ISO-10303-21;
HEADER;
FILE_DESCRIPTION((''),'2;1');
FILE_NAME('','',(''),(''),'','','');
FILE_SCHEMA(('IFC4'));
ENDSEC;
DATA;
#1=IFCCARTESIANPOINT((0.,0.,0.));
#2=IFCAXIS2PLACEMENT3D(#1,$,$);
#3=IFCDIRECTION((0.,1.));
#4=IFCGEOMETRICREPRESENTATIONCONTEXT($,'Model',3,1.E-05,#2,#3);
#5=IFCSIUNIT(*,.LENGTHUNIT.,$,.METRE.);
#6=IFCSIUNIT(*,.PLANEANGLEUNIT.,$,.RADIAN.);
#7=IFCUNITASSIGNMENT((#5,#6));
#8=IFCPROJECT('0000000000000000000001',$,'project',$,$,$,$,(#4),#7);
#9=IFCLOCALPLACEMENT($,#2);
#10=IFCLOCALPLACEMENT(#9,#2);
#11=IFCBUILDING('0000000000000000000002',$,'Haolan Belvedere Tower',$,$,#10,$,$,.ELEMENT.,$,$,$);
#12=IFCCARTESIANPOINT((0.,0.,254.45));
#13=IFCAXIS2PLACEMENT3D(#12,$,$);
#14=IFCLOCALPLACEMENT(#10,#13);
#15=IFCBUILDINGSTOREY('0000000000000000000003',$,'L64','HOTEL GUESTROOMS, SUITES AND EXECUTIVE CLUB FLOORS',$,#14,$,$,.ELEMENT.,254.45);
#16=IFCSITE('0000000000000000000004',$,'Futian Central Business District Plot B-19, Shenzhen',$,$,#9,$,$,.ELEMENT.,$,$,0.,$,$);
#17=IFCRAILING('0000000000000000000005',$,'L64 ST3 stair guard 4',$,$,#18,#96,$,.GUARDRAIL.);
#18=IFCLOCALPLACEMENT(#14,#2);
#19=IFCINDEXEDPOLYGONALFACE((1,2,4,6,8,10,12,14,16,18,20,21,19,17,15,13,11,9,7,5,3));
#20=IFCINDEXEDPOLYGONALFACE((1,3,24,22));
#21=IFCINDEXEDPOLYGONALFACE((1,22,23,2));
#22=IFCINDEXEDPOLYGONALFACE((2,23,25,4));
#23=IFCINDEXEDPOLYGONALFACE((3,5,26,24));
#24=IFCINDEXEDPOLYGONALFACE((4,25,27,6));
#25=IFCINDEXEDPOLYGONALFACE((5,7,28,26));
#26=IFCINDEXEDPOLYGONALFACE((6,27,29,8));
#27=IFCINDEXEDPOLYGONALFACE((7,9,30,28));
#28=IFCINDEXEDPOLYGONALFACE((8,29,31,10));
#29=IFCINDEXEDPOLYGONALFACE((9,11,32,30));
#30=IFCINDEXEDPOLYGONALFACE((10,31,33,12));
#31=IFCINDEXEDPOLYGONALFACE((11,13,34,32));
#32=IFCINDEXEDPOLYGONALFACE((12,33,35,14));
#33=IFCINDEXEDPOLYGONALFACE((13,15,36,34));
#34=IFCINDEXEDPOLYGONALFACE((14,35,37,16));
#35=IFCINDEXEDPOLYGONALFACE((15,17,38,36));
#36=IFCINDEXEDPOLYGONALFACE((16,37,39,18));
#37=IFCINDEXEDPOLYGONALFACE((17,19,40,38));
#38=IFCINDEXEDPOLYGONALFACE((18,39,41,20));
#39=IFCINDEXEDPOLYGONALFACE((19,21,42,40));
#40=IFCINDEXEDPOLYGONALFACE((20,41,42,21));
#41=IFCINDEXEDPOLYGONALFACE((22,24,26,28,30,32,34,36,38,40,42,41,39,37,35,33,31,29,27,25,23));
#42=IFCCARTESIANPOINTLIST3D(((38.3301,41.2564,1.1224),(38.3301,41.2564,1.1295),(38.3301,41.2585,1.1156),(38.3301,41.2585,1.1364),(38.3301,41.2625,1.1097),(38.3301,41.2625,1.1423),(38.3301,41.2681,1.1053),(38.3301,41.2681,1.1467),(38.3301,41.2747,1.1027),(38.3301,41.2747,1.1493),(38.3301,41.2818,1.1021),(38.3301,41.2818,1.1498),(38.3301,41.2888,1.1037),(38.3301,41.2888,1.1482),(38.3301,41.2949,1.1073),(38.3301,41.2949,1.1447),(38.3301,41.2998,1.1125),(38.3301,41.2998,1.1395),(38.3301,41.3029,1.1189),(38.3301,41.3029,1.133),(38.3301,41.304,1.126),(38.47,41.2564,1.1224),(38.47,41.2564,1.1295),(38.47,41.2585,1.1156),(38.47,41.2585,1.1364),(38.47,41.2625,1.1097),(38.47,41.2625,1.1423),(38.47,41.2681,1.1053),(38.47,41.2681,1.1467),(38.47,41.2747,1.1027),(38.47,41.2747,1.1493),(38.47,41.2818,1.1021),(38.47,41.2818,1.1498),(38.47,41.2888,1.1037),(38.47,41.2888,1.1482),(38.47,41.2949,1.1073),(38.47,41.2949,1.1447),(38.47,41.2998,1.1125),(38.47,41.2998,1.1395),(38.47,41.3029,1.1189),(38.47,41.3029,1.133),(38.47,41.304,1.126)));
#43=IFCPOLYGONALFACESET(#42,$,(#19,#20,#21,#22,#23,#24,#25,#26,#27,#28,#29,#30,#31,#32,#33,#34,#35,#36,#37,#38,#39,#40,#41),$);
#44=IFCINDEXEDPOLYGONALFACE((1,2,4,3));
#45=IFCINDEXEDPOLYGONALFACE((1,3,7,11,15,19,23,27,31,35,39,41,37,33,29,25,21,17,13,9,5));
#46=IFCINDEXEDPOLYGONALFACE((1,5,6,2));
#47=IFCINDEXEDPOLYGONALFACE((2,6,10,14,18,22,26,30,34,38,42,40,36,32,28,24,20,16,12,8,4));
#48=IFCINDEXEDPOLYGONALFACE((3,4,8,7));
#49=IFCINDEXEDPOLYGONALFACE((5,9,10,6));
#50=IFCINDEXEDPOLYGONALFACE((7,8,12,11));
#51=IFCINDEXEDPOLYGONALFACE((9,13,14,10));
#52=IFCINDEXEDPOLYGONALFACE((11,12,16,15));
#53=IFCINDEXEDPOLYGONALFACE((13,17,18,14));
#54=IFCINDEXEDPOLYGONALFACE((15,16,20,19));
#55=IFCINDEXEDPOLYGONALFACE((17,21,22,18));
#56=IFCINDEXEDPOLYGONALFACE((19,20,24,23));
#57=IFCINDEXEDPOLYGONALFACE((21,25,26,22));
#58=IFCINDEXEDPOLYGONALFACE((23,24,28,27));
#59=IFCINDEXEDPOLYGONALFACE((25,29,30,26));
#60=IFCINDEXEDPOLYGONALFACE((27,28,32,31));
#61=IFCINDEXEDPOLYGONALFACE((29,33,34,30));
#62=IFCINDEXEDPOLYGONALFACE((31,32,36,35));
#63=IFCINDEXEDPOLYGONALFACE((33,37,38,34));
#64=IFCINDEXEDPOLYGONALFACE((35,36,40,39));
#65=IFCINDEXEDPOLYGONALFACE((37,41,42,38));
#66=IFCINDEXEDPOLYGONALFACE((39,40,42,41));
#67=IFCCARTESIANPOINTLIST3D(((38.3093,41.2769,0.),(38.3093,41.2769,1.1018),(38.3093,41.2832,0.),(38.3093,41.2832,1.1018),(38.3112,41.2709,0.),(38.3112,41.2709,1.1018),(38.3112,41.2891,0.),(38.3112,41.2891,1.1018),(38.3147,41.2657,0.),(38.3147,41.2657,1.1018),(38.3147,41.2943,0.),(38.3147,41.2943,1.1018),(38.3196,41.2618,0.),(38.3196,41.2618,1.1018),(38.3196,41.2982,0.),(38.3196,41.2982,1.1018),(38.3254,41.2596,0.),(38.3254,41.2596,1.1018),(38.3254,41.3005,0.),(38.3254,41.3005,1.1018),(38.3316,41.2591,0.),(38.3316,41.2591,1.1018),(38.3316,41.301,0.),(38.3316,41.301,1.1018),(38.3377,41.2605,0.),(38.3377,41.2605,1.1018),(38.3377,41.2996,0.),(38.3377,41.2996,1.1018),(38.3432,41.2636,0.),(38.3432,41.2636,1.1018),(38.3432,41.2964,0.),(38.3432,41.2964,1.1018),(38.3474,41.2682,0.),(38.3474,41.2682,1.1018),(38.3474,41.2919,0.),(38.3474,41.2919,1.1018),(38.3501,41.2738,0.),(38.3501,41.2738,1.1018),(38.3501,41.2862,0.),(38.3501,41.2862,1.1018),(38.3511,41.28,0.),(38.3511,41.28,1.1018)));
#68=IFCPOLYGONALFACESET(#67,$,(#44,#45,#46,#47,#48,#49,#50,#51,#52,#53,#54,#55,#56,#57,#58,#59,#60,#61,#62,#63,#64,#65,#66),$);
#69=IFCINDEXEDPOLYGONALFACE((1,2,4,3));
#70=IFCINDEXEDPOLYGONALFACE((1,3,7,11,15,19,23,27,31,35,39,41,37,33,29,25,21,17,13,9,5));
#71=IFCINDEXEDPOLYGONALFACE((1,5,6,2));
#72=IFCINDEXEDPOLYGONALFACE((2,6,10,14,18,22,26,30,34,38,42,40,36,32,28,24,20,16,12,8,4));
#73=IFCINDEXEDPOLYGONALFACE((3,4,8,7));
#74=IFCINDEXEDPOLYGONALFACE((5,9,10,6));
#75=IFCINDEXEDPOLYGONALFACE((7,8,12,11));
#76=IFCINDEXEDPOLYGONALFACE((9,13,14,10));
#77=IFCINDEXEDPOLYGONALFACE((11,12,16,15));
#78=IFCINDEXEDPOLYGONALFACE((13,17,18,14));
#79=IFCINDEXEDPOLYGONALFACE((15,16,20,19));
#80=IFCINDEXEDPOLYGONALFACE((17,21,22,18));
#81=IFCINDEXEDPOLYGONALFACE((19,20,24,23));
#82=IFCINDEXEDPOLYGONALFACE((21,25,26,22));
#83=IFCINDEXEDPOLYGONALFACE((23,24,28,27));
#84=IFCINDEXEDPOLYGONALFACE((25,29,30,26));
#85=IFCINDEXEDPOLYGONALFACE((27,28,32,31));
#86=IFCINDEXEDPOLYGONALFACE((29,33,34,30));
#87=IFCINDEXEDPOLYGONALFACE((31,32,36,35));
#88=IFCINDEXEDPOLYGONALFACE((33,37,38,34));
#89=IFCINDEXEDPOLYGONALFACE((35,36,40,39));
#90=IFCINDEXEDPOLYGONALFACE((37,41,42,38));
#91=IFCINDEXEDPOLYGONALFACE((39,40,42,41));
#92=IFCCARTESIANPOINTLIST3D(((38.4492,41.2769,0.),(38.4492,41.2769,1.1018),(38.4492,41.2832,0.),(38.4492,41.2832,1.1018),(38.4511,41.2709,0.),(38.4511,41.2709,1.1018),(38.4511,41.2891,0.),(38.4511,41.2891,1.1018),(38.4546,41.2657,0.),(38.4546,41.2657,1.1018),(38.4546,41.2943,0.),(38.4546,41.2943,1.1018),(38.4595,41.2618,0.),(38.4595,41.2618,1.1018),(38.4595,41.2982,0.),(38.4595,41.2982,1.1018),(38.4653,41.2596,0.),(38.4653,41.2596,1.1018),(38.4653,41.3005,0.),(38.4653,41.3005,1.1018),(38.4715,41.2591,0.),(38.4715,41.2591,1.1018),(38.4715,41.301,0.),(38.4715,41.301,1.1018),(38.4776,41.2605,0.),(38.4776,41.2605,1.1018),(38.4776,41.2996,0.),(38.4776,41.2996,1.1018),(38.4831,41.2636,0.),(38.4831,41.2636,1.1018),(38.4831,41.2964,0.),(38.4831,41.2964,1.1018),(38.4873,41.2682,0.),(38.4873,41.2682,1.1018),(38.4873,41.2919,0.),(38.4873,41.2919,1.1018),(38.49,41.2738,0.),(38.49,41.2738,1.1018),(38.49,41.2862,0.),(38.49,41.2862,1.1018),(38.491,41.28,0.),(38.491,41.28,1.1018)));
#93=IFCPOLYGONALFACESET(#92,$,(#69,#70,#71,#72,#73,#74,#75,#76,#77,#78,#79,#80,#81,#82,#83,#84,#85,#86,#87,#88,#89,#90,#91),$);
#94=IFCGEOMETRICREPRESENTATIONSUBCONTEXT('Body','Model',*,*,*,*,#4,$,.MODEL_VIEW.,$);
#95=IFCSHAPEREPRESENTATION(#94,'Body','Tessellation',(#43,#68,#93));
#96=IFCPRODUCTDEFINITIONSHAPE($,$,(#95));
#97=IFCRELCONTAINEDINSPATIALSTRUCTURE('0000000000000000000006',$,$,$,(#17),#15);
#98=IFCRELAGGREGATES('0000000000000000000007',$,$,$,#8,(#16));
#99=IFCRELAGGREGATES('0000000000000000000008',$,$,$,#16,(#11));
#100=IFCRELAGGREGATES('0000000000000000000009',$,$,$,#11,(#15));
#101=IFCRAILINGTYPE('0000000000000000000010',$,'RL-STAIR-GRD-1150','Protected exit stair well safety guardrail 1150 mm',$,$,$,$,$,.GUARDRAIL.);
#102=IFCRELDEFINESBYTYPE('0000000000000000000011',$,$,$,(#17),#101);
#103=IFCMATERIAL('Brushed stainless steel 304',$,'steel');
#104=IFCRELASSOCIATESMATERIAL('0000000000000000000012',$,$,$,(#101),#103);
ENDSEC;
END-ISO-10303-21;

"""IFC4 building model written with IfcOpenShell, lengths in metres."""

from ifc_helpers import new_model, si_unit, direction, frame, origin, origin_2d, place, context, subcontext, project, spatial, circle, extrude, material, type_object, element, save


model = new_model("IFC4")

# Units and contexts
model_context = context("Model", 3, precision=1e-05, world=origin(), true_north=direction((0.0, 1.0)))
body_context = subcontext(model_context, "Body", "Model", "MODEL_VIEW")
ifc_project = project(units=[si_unit("LENGTHUNIT", "METRE"), si_unit("PLANEANGLEUNIT", "RADIAN")], contexts=[model_context])

# Site, building, storey
site_placement = place(None, origin())
site = spatial("IfcSite", under=ifc_project, at=site_placement, Name="Futian Central Business District Plot B-19, Shenzhen", CompositionType="ELEMENT", RefElevation=0.0)
building_placement = place(site_placement, origin())
building = spatial("IfcBuilding", under=site, at=building_placement, Name="Haolan Belvedere Tower", CompositionType="ELEMENT")
storey_placement = place(building_placement, frame((0.0, 0.0, 254.45)))
storey = spatial("IfcBuildingStorey", under=building, at=storey_placement, Name="L64", Description="HOTEL GUESTROOMS, SUITES AND EXECUTIVE CLUB FLOORS", CompositionType="ELEMENT", Elevation=254.45)

# Railing
ifc_material_1 = material(Name="Brushed stainless steel 304", Category="steel")
railing_type_1 = type_object("IfcRailingType", Name="RL-STAIR-GRD-1150", Description="Protected exit stair well safety guardrail 1150 mm", PredefinedType="GUARDRAIL", material=ifc_material_1)
railing_1_placement = place(storey_placement, frame((38.3301, 41.28, 0.0)))
element("IfcRailing", 1, at=railing_1_placement, inside=storey, type_object=railing_type_1, Name="L64 ST3 stair guard 4", PredefinedType="GUARDRAIL", context=body_context, shape_type="SweptSolid", body=[
    extrude(circle(Radius=0.0239, at=origin_2d()), frame((0.0, 0.0, 1.126), z_axis=(1.0, 0.0, 0.0), x_axis=(0.0, 1.0, 0.0)), (0.0, 0.0, 1.0), 0.1399),
    extrude(circle(Radius=0.021, at=origin_2d()), origin(), (0.0, 0.0, 1.0), 1.1018),
    extrude(circle(Radius=0.021, at=origin_2d()), frame((0.1399, 0.0, 0.0)), (0.0, 0.0, 1.0), 1.1018),
])

save(model, "model.ifc")
